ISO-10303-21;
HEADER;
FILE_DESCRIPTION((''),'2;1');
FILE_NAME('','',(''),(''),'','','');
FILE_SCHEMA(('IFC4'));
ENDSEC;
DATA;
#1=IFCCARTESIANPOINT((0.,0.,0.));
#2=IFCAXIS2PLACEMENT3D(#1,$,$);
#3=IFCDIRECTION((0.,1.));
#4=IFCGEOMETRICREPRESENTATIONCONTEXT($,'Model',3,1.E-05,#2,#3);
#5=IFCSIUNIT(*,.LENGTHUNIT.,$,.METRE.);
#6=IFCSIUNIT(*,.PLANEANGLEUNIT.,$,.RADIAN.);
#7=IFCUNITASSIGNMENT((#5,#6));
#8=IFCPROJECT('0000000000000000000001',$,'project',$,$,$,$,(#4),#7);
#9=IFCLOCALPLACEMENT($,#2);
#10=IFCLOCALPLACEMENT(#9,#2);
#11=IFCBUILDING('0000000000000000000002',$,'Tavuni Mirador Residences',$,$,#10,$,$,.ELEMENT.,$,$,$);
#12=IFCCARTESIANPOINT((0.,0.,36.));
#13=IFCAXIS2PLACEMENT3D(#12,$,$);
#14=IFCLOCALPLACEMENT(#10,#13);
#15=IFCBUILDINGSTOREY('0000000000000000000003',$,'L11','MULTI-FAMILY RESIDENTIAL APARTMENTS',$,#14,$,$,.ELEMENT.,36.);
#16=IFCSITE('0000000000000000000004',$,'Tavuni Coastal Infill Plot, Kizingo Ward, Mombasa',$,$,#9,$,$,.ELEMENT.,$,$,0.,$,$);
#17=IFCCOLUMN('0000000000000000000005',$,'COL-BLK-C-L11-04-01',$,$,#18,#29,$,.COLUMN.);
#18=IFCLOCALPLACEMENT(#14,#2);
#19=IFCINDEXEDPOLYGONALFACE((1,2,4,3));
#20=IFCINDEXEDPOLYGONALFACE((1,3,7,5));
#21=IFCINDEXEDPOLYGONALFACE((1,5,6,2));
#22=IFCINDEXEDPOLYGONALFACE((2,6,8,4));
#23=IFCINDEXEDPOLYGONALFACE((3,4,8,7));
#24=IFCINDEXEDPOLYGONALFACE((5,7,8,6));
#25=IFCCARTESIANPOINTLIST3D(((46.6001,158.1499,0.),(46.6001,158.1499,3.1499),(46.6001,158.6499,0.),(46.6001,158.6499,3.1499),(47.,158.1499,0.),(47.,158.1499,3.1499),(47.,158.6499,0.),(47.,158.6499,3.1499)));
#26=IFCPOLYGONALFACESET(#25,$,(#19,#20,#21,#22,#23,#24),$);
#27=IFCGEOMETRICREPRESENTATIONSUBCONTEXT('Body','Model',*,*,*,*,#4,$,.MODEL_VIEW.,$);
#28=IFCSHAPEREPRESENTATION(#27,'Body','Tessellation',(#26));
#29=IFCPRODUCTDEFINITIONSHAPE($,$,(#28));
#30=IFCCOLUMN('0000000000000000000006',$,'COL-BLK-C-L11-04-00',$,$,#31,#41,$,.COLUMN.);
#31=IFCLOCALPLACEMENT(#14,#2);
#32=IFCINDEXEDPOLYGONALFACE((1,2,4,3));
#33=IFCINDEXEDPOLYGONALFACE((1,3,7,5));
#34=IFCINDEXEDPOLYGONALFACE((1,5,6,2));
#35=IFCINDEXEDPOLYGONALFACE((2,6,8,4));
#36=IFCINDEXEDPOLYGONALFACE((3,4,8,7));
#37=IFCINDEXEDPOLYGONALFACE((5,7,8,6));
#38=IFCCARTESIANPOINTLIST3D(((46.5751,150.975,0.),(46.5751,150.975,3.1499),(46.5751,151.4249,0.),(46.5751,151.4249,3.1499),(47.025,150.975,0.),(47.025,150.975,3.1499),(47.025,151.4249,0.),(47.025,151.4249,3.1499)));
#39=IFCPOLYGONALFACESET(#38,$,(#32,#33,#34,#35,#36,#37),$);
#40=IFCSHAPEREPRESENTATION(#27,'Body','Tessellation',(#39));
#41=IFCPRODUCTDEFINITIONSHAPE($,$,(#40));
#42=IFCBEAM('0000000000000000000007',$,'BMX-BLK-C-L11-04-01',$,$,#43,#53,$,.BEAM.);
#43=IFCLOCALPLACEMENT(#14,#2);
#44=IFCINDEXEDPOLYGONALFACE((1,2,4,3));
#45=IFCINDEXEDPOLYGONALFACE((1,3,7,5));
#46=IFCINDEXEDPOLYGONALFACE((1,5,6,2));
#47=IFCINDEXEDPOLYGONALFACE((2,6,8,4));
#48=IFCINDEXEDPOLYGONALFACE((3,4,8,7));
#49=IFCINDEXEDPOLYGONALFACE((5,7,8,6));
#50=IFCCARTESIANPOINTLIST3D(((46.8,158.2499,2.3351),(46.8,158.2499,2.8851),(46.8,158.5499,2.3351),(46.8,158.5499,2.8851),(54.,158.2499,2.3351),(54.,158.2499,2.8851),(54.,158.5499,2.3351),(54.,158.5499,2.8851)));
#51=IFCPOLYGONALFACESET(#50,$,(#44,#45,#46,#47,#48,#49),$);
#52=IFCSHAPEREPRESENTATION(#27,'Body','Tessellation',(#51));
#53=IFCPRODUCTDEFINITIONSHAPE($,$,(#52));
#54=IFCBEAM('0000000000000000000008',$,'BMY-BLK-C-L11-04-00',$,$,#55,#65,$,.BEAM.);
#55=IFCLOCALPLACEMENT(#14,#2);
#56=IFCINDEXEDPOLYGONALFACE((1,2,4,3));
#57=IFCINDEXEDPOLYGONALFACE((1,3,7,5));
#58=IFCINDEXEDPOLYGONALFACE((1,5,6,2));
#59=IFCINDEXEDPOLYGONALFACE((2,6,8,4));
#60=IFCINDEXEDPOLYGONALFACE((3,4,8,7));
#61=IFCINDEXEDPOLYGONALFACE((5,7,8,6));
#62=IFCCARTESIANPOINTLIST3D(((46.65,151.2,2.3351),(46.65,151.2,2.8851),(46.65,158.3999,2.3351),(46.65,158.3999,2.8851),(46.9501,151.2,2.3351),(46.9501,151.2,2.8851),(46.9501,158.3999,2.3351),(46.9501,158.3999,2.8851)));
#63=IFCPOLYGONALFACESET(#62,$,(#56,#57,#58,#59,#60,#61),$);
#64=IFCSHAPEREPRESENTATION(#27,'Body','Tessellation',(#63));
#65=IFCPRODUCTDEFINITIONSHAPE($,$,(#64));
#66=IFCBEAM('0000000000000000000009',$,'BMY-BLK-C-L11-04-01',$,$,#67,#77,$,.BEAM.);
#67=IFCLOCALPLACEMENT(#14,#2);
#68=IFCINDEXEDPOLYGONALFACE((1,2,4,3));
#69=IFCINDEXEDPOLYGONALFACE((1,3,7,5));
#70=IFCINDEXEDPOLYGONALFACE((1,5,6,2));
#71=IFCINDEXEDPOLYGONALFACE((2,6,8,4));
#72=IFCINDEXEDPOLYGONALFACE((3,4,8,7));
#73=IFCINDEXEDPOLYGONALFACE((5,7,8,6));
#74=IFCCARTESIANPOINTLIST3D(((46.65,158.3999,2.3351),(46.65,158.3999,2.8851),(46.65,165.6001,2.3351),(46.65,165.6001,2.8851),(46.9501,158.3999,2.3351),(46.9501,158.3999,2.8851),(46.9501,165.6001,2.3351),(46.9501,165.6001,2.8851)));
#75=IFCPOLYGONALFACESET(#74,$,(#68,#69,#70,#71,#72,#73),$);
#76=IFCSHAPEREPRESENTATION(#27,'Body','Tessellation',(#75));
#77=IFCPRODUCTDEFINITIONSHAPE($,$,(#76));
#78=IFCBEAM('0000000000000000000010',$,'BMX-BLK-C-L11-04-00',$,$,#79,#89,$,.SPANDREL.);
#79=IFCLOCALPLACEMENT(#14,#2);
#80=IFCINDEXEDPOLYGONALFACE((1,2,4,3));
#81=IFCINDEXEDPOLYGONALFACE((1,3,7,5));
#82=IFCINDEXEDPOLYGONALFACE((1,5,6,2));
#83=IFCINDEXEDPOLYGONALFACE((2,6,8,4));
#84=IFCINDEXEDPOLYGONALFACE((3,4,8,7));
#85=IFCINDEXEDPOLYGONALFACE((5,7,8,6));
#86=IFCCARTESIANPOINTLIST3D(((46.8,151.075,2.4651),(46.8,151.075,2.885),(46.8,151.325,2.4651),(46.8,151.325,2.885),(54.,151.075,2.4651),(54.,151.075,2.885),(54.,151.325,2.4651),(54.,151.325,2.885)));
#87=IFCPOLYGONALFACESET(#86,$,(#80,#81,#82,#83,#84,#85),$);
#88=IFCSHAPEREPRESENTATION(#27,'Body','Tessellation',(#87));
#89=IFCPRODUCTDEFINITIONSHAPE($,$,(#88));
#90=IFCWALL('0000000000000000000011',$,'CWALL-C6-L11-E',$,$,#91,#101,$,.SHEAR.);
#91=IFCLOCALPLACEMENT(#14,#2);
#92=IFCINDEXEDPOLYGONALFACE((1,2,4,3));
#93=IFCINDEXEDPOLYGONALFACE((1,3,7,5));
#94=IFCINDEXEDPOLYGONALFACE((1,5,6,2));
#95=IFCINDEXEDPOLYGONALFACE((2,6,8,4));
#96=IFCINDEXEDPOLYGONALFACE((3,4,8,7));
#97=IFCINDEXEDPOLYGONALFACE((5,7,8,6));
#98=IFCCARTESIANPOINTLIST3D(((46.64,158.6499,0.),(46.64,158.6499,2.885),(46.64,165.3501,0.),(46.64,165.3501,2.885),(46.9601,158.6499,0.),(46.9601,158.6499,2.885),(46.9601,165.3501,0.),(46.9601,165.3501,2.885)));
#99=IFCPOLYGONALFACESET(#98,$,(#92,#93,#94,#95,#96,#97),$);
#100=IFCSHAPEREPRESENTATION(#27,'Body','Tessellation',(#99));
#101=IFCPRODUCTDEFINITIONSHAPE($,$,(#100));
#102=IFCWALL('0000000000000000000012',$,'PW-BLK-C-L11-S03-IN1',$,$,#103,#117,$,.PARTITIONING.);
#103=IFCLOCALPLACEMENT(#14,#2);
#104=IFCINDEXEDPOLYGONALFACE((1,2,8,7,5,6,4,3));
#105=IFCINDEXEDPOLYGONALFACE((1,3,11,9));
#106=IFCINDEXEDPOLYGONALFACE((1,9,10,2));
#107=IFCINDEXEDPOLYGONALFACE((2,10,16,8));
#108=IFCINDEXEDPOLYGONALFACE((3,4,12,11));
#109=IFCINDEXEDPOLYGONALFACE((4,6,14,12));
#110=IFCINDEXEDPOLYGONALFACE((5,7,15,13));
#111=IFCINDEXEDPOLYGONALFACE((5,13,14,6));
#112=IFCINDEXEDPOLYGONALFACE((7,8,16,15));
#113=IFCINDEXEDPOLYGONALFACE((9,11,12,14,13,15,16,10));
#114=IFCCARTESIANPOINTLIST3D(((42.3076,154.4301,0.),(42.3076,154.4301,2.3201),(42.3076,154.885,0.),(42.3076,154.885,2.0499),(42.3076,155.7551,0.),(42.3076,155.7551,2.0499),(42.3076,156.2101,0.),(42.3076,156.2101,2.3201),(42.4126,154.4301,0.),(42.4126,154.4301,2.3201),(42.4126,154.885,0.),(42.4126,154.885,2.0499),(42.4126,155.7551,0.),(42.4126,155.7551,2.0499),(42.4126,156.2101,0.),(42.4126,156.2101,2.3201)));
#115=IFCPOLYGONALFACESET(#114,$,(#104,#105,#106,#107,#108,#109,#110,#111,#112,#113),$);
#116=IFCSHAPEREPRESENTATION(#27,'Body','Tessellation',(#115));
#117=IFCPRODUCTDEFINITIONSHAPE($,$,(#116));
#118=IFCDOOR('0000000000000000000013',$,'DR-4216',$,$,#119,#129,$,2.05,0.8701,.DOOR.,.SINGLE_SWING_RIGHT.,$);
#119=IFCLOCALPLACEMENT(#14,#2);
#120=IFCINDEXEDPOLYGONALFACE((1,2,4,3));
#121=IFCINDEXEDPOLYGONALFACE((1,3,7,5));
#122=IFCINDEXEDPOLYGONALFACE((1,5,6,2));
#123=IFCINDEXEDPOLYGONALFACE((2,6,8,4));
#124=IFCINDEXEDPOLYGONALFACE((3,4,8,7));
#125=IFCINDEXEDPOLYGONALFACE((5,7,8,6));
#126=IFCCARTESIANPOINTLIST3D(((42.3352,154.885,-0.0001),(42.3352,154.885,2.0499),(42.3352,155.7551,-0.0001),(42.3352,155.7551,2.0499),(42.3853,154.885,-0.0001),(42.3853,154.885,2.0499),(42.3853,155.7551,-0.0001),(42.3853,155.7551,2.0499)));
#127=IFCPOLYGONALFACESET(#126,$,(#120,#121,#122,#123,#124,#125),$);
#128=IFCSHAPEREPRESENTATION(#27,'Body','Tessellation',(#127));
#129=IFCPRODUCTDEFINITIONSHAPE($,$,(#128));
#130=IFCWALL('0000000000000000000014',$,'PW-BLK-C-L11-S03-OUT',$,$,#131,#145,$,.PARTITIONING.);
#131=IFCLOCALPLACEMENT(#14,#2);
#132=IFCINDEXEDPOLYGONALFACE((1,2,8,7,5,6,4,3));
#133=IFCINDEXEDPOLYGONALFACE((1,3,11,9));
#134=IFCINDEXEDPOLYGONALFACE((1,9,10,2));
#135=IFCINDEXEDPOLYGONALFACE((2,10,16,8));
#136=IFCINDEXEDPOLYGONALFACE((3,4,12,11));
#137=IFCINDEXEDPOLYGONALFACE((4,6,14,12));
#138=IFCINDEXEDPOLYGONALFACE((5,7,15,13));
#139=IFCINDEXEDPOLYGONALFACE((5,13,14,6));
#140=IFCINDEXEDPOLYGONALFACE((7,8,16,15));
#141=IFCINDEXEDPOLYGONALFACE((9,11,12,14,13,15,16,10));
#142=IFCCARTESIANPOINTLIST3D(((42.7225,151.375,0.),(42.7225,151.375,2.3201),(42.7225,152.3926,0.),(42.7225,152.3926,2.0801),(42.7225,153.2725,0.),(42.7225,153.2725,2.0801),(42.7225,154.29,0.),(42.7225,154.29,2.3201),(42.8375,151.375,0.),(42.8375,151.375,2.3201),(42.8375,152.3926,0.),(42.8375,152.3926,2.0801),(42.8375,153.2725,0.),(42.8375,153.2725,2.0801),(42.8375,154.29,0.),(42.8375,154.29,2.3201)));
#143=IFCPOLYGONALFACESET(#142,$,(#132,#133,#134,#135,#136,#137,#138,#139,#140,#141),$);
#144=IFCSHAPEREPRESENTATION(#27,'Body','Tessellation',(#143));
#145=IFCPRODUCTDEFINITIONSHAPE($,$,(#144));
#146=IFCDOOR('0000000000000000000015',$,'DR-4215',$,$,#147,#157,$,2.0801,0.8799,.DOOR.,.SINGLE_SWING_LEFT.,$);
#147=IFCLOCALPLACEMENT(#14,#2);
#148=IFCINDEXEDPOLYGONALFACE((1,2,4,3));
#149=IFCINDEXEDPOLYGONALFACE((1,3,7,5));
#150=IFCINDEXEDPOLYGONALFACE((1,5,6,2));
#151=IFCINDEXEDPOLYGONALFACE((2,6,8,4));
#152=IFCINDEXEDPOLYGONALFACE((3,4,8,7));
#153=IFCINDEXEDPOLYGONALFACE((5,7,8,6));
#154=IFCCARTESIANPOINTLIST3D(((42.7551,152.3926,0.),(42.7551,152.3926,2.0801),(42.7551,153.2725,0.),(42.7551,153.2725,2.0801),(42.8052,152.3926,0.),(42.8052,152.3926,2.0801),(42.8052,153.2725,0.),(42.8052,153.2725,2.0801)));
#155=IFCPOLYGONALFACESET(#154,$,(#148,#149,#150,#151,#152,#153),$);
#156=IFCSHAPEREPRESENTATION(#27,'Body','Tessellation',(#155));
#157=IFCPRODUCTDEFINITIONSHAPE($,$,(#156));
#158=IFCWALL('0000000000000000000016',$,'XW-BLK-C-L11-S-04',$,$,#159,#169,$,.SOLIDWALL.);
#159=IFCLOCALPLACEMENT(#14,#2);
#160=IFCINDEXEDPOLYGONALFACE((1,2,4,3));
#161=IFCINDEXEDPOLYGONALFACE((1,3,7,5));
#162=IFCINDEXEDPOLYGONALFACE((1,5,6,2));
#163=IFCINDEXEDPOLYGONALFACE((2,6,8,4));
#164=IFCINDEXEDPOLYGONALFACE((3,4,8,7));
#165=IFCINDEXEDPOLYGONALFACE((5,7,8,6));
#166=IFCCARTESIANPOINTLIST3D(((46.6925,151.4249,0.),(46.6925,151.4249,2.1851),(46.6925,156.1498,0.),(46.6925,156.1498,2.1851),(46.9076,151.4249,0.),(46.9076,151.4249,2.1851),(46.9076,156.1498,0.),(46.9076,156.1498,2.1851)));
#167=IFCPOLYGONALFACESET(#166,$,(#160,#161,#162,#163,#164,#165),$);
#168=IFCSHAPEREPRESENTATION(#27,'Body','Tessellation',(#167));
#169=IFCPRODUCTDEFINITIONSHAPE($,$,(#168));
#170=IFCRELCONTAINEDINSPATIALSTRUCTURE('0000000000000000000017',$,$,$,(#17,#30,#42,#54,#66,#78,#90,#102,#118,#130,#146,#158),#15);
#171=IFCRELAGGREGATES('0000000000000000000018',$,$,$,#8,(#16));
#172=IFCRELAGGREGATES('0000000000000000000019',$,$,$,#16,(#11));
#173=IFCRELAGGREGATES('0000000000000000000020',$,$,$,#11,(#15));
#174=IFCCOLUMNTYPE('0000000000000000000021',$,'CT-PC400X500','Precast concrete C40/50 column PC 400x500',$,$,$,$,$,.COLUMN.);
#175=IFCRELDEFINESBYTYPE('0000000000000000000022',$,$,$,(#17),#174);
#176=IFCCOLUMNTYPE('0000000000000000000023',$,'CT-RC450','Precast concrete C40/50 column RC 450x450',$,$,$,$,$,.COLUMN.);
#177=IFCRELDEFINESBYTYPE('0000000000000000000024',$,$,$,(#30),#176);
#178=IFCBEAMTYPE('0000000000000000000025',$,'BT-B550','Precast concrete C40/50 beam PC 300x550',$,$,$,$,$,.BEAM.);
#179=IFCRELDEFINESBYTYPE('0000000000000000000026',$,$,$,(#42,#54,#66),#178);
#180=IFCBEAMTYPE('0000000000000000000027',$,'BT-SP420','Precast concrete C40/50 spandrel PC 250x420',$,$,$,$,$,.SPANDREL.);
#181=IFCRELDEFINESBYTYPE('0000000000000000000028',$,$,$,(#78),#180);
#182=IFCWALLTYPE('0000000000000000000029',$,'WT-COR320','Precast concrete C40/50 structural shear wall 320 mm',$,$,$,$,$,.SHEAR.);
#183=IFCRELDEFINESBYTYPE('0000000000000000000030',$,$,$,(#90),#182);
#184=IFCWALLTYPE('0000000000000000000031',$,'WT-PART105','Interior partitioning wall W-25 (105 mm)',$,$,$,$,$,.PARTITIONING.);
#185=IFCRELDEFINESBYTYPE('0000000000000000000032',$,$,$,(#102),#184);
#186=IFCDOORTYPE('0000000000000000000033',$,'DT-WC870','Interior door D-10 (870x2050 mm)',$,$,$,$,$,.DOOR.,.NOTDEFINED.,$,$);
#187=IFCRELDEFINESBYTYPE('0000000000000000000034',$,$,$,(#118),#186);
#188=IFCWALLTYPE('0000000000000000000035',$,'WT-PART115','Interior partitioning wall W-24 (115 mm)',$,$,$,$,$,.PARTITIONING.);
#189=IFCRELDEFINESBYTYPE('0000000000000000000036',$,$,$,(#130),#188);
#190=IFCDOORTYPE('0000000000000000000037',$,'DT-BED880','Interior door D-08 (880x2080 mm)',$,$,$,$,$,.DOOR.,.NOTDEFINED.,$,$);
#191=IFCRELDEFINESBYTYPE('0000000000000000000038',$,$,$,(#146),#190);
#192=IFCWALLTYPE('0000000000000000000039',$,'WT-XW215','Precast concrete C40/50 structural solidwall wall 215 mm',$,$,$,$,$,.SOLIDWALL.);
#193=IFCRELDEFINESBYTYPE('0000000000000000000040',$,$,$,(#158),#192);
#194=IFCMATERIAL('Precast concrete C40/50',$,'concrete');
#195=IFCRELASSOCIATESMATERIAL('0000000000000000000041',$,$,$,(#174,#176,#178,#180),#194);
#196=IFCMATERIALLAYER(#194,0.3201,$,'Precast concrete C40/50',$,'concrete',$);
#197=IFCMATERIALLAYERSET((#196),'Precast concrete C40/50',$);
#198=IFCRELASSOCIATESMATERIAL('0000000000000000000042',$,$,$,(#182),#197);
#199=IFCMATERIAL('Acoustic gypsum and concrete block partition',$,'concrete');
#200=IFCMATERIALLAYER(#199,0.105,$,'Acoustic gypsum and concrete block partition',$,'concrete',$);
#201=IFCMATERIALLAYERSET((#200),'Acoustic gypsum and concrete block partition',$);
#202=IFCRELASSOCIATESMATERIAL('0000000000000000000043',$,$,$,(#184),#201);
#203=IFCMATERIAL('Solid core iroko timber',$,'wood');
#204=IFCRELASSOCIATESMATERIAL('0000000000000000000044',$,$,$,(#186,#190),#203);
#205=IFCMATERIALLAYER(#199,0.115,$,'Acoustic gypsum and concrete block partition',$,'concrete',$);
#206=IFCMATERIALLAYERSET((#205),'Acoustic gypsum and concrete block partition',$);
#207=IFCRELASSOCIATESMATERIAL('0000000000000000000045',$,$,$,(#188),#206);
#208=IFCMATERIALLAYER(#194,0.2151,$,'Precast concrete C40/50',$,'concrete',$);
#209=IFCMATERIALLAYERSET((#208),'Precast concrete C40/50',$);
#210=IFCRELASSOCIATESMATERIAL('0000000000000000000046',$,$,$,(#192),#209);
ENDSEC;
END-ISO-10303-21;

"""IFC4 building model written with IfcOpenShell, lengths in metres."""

from ifc_helpers import new_model, si_unit, direction, frame, frame_2d, origin, origin_2d, place, context, subcontext, project, spatial, rectangle, extrude, material, layer, layer_set, material_profile, profile_set, type_object, element, fill, save


model = new_model("IFC4")

# Units and contexts
model_context = context("Model", 3, precision=1e-05, world=origin(), true_north=direction((0.0, 1.0)))
body_context = subcontext(model_context, "Body", "Model", "MODEL_VIEW")
ifc_project = project(units=[si_unit("LENGTHUNIT", "METRE"), si_unit("PLANEANGLEUNIT", "RADIAN")], contexts=[model_context])

# Site, building, storey
site_placement = place(None, origin())
site = spatial("IfcSite", under=ifc_project, at=site_placement, Name="Tavuni Coastal Infill Plot, Kizingo Ward, Mombasa", CompositionType="ELEMENT", RefElevation=0.0)
building_placement = place(site_placement, origin())
building = spatial("IfcBuilding", under=site, at=building_placement, Name="Tavuni Mirador Residences", CompositionType="ELEMENT")
storey_placement = place(building_placement, frame((0.0, 0.0, 36.0)))
storey = spatial("IfcBuildingStorey", under=building, at=storey_placement, Name="L11", Description="MULTI-FAMILY RESIDENTIAL APARTMENTS", CompositionType="ELEMENT", Elevation=36.0)

# Columns
ifc_material_1 = material(Name="Precast concrete C40/50", Category="concrete")
ifc_material_profile_1 = material_profile(ifc_material_1, rectangle(XDim=0.3999, YDim=0.5, at=origin_2d()), Name="PC 400x500", Category="concrete")
ifc_profile_set_1 = profile_set([ifc_material_profile_1], Name="Precast concrete C40/50")
column_type_1 = type_object("IfcColumnType", Name="CT-PC400X500", Description="Precast concrete C40/50 column PC 400x500", PredefinedType="COLUMN", material=ifc_profile_set_1)
column_1_placement = place(storey_placement, frame((46.8, 158.3999, 0.0), z_axis=(0.0, 0.0, 1.0), x_axis=(1.0, 0.0, 0.0)))
element("IfcColumn", 1, at=column_1_placement, inside=storey, type_object=column_type_1, Name="COL-BLK-C-L11-04-01", PredefinedType="COLUMN", context=body_context, shape_type="SweptSolid", body=[
    extrude(rectangle(XDim=0.3999, YDim=0.5, at=origin_2d()), origin(), (0.0, 0.0, 1.0), 3.1499),
])
ifc_material_profile_2 = material_profile(ifc_material_1, rectangle(XDim=0.45, YDim=0.45, at=origin_2d()), Name="RC 450x450", Category="concrete")
ifc_profile_set_2 = profile_set([ifc_material_profile_2], Name="Precast concrete C40/50")
column_type_2 = type_object("IfcColumnType", Name="CT-RC450", Description="Precast concrete C40/50 column RC 450x450", PredefinedType="COLUMN", material=ifc_profile_set_2)
column_2_placement = place(storey_placement, frame((46.8, 151.2, 0.0), z_axis=(0.0, 0.0, 1.0), x_axis=(1.0, 0.0, 0.0)))
element("IfcColumn", 2, at=column_2_placement, inside=storey, type_object=column_type_2, Name="COL-BLK-C-L11-04-00", PredefinedType="COLUMN", context=body_context, shape_type="SweptSolid", body=[
    extrude(rectangle(XDim=0.45, YDim=0.45, at=origin_2d()), origin(), (0.0, 0.0, 1.0), 3.1499),
])

# Beams
ifc_material_profile_3 = material_profile(ifc_material_1, rectangle(XDim=0.3, YDim=0.55, at=origin_2d()), Name="PC 300x550", Category="concrete")
ifc_profile_set_3 = profile_set([ifc_material_profile_3], Name="Precast concrete C40/50")
beam_type_1 = type_object("IfcBeamType", Name="BT-B550", Description="Precast concrete C40/50 beam PC 300x550", PredefinedType="BEAM", material=ifc_profile_set_3)
for number, where, z_axis, x_axis, name in (
    (3, (46.8, 158.3999, 2.6101), (1.0, 0.0, 0.0), (0.0, 1.0, 0.0), "BMX-BLK-C-L11-04-01"),
    (4, (46.8, 151.2, 2.6101), (0.0, 1.0, 0.0), (-1.0, 0.0, 0.0), "BMY-BLK-C-L11-04-00"),
):
    element("IfcBeam", number, at=place(storey_placement, frame(where, z_axis=z_axis, x_axis=x_axis)), inside=storey, type_object=beam_type_1, Name=name, PredefinedType="BEAM", context=body_context, shape_type="SweptSolid", body=[
        extrude(rectangle(XDim=0.3, YDim=0.55, at=origin_2d()), origin(), (0.0, 0.0, 1.0), 7.2),
    ])
beam_1_placement = place(storey_placement, frame((46.8, 158.3999, 2.6101), z_axis=(0.0, 1.0, 0.0), x_axis=(-1.0, 0.0, 0.0)))
element("IfcBeam", 5, at=beam_1_placement, inside=storey, type_object=beam_type_1, Name="BMY-BLK-C-L11-04-01", PredefinedType="BEAM", context=body_context, shape_type="SweptSolid", body=[
    extrude(rectangle(XDim=0.3, YDim=0.55, at=origin_2d()), origin(), (0.0, 0.0, 1.0), 7.2002),
])
ifc_material_profile_4 = material_profile(ifc_material_1, rectangle(XDim=0.25, YDim=0.4199, at=origin_2d()), Name="PC 250x420", Category="concrete")
ifc_profile_set_4 = profile_set([ifc_material_profile_4], Name="Precast concrete C40/50")
beam_type_2 = type_object("IfcBeamType", Name="BT-SP420", Description="Precast concrete C40/50 spandrel PC 250x420", PredefinedType="SPANDREL", material=ifc_profile_set_4)
beam_2_placement = place(storey_placement, frame((46.8, 151.2, 2.675), z_axis=(1.0, 0.0, 0.0), x_axis=(0.0, 1.0, 0.0)))
element("IfcBeam", 6, at=beam_2_placement, inside=storey, type_object=beam_type_2, Name="BMX-BLK-C-L11-04-00", PredefinedType="SPANDREL", context=body_context, shape_type="SweptSolid", body=[
    extrude(rectangle(XDim=0.25, YDim=0.4199, at=origin_2d()), origin(), (0.0, 0.0, 1.0), 7.2),
])

# Shared definitions
ifc_material_2 = material(Name="Solid core iroko timber", Category="wood")

# Wall
ifc_layer_1 = layer(ifc_material_1, 0.3201, Name="Precast concrete C40/50", Category="concrete")
ifc_layer_set_1 = layer_set([ifc_layer_1], Name="Precast concrete C40/50")
wall_type_1 = type_object("IfcWallType", Name="WT-COR320", Description="Precast concrete C40/50 structural shear wall 320 mm", PredefinedType="SHEAR", material=ifc_layer_set_1)
wall_1_placement = place(storey_placement, frame((46.8, 158.6499, 0.0), z_axis=(0.0, 0.0, 1.0), x_axis=(0.0, 1.0, 0.0)))
element("IfcWall", 7, at=wall_1_placement, inside=storey, type_object=wall_type_1, Name="CWALL-C6-L11-E", PredefinedType="SHEAR", context=body_context, shape_type="SweptSolid", body=[
    extrude(rectangle(XDim=6.7002, YDim=0.3201, at=frame_2d((3.3501, 0.0))), origin(), (0.0, 0.0, 1.0), 2.885),
])

# Walls, openings, doors
ifc_material_3 = material(Name="Acoustic gypsum and concrete block partition", Category="concrete")
ifc_layer_2 = layer(ifc_material_3, 0.105, Name="Acoustic gypsum and concrete block partition", Category="concrete")
ifc_layer_set_2 = layer_set([ifc_layer_2], Name="Acoustic gypsum and concrete block partition")
wall_type_2 = type_object("IfcWallType", Name="WT-PART105", Description="Interior partitioning wall W-25 (105 mm)", PredefinedType="PARTITIONING", material=ifc_layer_set_2)
wall_2_placement = place(storey_placement, frame((42.3601, 154.4299, 0.0), z_axis=(0.0, 0.0, 1.0), x_axis=(0.0, 1.0, 0.0)))
wall_2 = element("IfcWall", 8, at=wall_2_placement, inside=storey, type_object=wall_type_2, Name="PW-BLK-C-L11-S03-IN1", PredefinedType="PARTITIONING", context=body_context, shape_type="SweptSolid", body=[
    extrude(rectangle(XDim=1.78, YDim=0.105, at=frame_2d((0.8901, 0.0))), origin(), (0.0, 0.0, 1.0), 2.3201),
])
opening_1_placement = place(wall_2_placement, frame((0.4551, 0.0, 0.0)))
opening_1 = element("IfcOpeningElement", 9, at=opening_1_placement, cuts=wall_2, PredefinedType="OPENING", context=body_context, shape_type="SweptSolid", body=[
    extrude(rectangle(XDim=0.8701, YDim=2.05, at=frame_2d((0.4351, 1.0249))), frame((0.0, 0.0625, 0.0), z_axis=(0.0, -1.0, 0.0), x_axis=(1.0, 0.0, 0.0)), (0.0, 0.0, 1.0), 0.125),
])
door_type_1 = type_object("IfcDoorType", Name="DT-WC870", Description="Interior door D-10 (870x2050 mm)", OperationType="NOTDEFINED", PredefinedType="DOOR", material=ifc_material_2)
door_1_placement = place(opening_1_placement, origin())
door_1 = element("IfcDoor", 10, at=door_1_placement, inside=storey, type_object=door_type_1, Name="DR-4216", OperationType="SINGLE_SWING_RIGHT", OverallHeight=2.05, OverallWidth=0.8701, PredefinedType="DOOR", context=body_context, shape_type="SweptSolid", body=[
    extrude(rectangle(XDim=0.8701, YDim=2.05, at=frame_2d((0.4351, 1.0249))), frame((0.0, 0.0249, 0.0), z_axis=(0.0, -1.0, 0.0), x_axis=(1.0, 0.0, 0.0)), (0.0, 0.0, 1.0), 0.05),
])
fill(opening_1, door_1)
ifc_layer_3 = layer(ifc_material_3, 0.115, Name="Acoustic gypsum and concrete block partition", Category="concrete")
ifc_layer_set_3 = layer_set([ifc_layer_3], Name="Acoustic gypsum and concrete block partition")
wall_type_3 = type_object("IfcWallType", Name="WT-PART115", Description="Interior partitioning wall W-24 (115 mm)", PredefinedType="PARTITIONING", material=ifc_layer_set_3)
wall_3_placement = place(storey_placement, frame((42.78, 151.375, 0.0), z_axis=(0.0, 0.0, 1.0), x_axis=(0.0, 1.0, 0.0)))
wall_3 = element("IfcWall", 11, at=wall_3_placement, inside=storey, type_object=wall_type_3, Name="PW-BLK-C-L11-S03-OUT", PredefinedType="PARTITIONING", context=body_context, shape_type="SweptSolid", body=[
    extrude(rectangle(XDim=2.915, YDim=0.115, at=frame_2d((1.4575, 0.0))), origin(), (0.0, 0.0, 1.0), 2.3201),
])
opening_2_placement = place(wall_3_placement, frame((1.0176, 0.0, 0.0)))
opening_2 = element("IfcOpeningElement", 12, at=opening_2_placement, cuts=wall_3, PredefinedType="OPENING", context=body_context, shape_type="SweptSolid", body=[
    extrude(rectangle(XDim=0.8799, YDim=2.0801, at=frame_2d((0.4399, 1.04))), frame((0.0, 0.0674, 0.0), z_axis=(0.0, -1.0, 0.0), x_axis=(1.0, 0.0, 0.0)), (0.0, 0.0, 1.0), 0.135),
])
door_type_2 = type_object("IfcDoorType", Name="DT-BED880", Description="Interior door D-08 (880x2080 mm)", OperationType="NOTDEFINED", PredefinedType="DOOR", material=ifc_material_2)
door_2_placement = place(opening_2_placement, origin())
door_2 = element("IfcDoor", 13, at=door_2_placement, inside=storey, type_object=door_type_2, Name="DR-4215", OperationType="SINGLE_SWING_LEFT", OverallHeight=2.0801, OverallWidth=0.8799, PredefinedType="DOOR", context=body_context, shape_type="SweptSolid", body=[
    extrude(rectangle(XDim=0.8799, YDim=2.0801, at=frame_2d((0.4399, 1.04))), frame((0.0, 0.0249, 0.0), z_axis=(0.0, -1.0, 0.0), x_axis=(1.0, 0.0, 0.0)), (0.0, 0.0, 1.0), 0.05),
])
fill(opening_2, door_2)

# Wall
ifc_layer_4 = layer(ifc_material_1, 0.2151, Name="Precast concrete C40/50", Category="concrete")
ifc_layer_set_4 = layer_set([ifc_layer_4], Name="Precast concrete C40/50")
wall_type_4 = type_object("IfcWallType", Name="WT-XW215", Description="Precast concrete C40/50 structural solidwall wall 215 mm", PredefinedType="SOLIDWALL", material=ifc_layer_set_4)
wall_4_placement = place(storey_placement, frame((46.8, 151.425, 0.0), z_axis=(0.0, 0.0, 1.0), x_axis=(0.0, 1.0, 0.0)))
element("IfcWall", 14, at=wall_4_placement, inside=storey, type_object=wall_type_4, Name="XW-BLK-C-L11-S-04", PredefinedType="SOLIDWALL", context=body_context, shape_type="SweptSolid", body=[
    extrude(rectangle(XDim=4.7249, YDim=0.2151, at=frame_2d((2.3623, 0.0))), origin(), (0.0, 0.0, 1.0), 2.1851),
])

save(model, "model.ifc")
